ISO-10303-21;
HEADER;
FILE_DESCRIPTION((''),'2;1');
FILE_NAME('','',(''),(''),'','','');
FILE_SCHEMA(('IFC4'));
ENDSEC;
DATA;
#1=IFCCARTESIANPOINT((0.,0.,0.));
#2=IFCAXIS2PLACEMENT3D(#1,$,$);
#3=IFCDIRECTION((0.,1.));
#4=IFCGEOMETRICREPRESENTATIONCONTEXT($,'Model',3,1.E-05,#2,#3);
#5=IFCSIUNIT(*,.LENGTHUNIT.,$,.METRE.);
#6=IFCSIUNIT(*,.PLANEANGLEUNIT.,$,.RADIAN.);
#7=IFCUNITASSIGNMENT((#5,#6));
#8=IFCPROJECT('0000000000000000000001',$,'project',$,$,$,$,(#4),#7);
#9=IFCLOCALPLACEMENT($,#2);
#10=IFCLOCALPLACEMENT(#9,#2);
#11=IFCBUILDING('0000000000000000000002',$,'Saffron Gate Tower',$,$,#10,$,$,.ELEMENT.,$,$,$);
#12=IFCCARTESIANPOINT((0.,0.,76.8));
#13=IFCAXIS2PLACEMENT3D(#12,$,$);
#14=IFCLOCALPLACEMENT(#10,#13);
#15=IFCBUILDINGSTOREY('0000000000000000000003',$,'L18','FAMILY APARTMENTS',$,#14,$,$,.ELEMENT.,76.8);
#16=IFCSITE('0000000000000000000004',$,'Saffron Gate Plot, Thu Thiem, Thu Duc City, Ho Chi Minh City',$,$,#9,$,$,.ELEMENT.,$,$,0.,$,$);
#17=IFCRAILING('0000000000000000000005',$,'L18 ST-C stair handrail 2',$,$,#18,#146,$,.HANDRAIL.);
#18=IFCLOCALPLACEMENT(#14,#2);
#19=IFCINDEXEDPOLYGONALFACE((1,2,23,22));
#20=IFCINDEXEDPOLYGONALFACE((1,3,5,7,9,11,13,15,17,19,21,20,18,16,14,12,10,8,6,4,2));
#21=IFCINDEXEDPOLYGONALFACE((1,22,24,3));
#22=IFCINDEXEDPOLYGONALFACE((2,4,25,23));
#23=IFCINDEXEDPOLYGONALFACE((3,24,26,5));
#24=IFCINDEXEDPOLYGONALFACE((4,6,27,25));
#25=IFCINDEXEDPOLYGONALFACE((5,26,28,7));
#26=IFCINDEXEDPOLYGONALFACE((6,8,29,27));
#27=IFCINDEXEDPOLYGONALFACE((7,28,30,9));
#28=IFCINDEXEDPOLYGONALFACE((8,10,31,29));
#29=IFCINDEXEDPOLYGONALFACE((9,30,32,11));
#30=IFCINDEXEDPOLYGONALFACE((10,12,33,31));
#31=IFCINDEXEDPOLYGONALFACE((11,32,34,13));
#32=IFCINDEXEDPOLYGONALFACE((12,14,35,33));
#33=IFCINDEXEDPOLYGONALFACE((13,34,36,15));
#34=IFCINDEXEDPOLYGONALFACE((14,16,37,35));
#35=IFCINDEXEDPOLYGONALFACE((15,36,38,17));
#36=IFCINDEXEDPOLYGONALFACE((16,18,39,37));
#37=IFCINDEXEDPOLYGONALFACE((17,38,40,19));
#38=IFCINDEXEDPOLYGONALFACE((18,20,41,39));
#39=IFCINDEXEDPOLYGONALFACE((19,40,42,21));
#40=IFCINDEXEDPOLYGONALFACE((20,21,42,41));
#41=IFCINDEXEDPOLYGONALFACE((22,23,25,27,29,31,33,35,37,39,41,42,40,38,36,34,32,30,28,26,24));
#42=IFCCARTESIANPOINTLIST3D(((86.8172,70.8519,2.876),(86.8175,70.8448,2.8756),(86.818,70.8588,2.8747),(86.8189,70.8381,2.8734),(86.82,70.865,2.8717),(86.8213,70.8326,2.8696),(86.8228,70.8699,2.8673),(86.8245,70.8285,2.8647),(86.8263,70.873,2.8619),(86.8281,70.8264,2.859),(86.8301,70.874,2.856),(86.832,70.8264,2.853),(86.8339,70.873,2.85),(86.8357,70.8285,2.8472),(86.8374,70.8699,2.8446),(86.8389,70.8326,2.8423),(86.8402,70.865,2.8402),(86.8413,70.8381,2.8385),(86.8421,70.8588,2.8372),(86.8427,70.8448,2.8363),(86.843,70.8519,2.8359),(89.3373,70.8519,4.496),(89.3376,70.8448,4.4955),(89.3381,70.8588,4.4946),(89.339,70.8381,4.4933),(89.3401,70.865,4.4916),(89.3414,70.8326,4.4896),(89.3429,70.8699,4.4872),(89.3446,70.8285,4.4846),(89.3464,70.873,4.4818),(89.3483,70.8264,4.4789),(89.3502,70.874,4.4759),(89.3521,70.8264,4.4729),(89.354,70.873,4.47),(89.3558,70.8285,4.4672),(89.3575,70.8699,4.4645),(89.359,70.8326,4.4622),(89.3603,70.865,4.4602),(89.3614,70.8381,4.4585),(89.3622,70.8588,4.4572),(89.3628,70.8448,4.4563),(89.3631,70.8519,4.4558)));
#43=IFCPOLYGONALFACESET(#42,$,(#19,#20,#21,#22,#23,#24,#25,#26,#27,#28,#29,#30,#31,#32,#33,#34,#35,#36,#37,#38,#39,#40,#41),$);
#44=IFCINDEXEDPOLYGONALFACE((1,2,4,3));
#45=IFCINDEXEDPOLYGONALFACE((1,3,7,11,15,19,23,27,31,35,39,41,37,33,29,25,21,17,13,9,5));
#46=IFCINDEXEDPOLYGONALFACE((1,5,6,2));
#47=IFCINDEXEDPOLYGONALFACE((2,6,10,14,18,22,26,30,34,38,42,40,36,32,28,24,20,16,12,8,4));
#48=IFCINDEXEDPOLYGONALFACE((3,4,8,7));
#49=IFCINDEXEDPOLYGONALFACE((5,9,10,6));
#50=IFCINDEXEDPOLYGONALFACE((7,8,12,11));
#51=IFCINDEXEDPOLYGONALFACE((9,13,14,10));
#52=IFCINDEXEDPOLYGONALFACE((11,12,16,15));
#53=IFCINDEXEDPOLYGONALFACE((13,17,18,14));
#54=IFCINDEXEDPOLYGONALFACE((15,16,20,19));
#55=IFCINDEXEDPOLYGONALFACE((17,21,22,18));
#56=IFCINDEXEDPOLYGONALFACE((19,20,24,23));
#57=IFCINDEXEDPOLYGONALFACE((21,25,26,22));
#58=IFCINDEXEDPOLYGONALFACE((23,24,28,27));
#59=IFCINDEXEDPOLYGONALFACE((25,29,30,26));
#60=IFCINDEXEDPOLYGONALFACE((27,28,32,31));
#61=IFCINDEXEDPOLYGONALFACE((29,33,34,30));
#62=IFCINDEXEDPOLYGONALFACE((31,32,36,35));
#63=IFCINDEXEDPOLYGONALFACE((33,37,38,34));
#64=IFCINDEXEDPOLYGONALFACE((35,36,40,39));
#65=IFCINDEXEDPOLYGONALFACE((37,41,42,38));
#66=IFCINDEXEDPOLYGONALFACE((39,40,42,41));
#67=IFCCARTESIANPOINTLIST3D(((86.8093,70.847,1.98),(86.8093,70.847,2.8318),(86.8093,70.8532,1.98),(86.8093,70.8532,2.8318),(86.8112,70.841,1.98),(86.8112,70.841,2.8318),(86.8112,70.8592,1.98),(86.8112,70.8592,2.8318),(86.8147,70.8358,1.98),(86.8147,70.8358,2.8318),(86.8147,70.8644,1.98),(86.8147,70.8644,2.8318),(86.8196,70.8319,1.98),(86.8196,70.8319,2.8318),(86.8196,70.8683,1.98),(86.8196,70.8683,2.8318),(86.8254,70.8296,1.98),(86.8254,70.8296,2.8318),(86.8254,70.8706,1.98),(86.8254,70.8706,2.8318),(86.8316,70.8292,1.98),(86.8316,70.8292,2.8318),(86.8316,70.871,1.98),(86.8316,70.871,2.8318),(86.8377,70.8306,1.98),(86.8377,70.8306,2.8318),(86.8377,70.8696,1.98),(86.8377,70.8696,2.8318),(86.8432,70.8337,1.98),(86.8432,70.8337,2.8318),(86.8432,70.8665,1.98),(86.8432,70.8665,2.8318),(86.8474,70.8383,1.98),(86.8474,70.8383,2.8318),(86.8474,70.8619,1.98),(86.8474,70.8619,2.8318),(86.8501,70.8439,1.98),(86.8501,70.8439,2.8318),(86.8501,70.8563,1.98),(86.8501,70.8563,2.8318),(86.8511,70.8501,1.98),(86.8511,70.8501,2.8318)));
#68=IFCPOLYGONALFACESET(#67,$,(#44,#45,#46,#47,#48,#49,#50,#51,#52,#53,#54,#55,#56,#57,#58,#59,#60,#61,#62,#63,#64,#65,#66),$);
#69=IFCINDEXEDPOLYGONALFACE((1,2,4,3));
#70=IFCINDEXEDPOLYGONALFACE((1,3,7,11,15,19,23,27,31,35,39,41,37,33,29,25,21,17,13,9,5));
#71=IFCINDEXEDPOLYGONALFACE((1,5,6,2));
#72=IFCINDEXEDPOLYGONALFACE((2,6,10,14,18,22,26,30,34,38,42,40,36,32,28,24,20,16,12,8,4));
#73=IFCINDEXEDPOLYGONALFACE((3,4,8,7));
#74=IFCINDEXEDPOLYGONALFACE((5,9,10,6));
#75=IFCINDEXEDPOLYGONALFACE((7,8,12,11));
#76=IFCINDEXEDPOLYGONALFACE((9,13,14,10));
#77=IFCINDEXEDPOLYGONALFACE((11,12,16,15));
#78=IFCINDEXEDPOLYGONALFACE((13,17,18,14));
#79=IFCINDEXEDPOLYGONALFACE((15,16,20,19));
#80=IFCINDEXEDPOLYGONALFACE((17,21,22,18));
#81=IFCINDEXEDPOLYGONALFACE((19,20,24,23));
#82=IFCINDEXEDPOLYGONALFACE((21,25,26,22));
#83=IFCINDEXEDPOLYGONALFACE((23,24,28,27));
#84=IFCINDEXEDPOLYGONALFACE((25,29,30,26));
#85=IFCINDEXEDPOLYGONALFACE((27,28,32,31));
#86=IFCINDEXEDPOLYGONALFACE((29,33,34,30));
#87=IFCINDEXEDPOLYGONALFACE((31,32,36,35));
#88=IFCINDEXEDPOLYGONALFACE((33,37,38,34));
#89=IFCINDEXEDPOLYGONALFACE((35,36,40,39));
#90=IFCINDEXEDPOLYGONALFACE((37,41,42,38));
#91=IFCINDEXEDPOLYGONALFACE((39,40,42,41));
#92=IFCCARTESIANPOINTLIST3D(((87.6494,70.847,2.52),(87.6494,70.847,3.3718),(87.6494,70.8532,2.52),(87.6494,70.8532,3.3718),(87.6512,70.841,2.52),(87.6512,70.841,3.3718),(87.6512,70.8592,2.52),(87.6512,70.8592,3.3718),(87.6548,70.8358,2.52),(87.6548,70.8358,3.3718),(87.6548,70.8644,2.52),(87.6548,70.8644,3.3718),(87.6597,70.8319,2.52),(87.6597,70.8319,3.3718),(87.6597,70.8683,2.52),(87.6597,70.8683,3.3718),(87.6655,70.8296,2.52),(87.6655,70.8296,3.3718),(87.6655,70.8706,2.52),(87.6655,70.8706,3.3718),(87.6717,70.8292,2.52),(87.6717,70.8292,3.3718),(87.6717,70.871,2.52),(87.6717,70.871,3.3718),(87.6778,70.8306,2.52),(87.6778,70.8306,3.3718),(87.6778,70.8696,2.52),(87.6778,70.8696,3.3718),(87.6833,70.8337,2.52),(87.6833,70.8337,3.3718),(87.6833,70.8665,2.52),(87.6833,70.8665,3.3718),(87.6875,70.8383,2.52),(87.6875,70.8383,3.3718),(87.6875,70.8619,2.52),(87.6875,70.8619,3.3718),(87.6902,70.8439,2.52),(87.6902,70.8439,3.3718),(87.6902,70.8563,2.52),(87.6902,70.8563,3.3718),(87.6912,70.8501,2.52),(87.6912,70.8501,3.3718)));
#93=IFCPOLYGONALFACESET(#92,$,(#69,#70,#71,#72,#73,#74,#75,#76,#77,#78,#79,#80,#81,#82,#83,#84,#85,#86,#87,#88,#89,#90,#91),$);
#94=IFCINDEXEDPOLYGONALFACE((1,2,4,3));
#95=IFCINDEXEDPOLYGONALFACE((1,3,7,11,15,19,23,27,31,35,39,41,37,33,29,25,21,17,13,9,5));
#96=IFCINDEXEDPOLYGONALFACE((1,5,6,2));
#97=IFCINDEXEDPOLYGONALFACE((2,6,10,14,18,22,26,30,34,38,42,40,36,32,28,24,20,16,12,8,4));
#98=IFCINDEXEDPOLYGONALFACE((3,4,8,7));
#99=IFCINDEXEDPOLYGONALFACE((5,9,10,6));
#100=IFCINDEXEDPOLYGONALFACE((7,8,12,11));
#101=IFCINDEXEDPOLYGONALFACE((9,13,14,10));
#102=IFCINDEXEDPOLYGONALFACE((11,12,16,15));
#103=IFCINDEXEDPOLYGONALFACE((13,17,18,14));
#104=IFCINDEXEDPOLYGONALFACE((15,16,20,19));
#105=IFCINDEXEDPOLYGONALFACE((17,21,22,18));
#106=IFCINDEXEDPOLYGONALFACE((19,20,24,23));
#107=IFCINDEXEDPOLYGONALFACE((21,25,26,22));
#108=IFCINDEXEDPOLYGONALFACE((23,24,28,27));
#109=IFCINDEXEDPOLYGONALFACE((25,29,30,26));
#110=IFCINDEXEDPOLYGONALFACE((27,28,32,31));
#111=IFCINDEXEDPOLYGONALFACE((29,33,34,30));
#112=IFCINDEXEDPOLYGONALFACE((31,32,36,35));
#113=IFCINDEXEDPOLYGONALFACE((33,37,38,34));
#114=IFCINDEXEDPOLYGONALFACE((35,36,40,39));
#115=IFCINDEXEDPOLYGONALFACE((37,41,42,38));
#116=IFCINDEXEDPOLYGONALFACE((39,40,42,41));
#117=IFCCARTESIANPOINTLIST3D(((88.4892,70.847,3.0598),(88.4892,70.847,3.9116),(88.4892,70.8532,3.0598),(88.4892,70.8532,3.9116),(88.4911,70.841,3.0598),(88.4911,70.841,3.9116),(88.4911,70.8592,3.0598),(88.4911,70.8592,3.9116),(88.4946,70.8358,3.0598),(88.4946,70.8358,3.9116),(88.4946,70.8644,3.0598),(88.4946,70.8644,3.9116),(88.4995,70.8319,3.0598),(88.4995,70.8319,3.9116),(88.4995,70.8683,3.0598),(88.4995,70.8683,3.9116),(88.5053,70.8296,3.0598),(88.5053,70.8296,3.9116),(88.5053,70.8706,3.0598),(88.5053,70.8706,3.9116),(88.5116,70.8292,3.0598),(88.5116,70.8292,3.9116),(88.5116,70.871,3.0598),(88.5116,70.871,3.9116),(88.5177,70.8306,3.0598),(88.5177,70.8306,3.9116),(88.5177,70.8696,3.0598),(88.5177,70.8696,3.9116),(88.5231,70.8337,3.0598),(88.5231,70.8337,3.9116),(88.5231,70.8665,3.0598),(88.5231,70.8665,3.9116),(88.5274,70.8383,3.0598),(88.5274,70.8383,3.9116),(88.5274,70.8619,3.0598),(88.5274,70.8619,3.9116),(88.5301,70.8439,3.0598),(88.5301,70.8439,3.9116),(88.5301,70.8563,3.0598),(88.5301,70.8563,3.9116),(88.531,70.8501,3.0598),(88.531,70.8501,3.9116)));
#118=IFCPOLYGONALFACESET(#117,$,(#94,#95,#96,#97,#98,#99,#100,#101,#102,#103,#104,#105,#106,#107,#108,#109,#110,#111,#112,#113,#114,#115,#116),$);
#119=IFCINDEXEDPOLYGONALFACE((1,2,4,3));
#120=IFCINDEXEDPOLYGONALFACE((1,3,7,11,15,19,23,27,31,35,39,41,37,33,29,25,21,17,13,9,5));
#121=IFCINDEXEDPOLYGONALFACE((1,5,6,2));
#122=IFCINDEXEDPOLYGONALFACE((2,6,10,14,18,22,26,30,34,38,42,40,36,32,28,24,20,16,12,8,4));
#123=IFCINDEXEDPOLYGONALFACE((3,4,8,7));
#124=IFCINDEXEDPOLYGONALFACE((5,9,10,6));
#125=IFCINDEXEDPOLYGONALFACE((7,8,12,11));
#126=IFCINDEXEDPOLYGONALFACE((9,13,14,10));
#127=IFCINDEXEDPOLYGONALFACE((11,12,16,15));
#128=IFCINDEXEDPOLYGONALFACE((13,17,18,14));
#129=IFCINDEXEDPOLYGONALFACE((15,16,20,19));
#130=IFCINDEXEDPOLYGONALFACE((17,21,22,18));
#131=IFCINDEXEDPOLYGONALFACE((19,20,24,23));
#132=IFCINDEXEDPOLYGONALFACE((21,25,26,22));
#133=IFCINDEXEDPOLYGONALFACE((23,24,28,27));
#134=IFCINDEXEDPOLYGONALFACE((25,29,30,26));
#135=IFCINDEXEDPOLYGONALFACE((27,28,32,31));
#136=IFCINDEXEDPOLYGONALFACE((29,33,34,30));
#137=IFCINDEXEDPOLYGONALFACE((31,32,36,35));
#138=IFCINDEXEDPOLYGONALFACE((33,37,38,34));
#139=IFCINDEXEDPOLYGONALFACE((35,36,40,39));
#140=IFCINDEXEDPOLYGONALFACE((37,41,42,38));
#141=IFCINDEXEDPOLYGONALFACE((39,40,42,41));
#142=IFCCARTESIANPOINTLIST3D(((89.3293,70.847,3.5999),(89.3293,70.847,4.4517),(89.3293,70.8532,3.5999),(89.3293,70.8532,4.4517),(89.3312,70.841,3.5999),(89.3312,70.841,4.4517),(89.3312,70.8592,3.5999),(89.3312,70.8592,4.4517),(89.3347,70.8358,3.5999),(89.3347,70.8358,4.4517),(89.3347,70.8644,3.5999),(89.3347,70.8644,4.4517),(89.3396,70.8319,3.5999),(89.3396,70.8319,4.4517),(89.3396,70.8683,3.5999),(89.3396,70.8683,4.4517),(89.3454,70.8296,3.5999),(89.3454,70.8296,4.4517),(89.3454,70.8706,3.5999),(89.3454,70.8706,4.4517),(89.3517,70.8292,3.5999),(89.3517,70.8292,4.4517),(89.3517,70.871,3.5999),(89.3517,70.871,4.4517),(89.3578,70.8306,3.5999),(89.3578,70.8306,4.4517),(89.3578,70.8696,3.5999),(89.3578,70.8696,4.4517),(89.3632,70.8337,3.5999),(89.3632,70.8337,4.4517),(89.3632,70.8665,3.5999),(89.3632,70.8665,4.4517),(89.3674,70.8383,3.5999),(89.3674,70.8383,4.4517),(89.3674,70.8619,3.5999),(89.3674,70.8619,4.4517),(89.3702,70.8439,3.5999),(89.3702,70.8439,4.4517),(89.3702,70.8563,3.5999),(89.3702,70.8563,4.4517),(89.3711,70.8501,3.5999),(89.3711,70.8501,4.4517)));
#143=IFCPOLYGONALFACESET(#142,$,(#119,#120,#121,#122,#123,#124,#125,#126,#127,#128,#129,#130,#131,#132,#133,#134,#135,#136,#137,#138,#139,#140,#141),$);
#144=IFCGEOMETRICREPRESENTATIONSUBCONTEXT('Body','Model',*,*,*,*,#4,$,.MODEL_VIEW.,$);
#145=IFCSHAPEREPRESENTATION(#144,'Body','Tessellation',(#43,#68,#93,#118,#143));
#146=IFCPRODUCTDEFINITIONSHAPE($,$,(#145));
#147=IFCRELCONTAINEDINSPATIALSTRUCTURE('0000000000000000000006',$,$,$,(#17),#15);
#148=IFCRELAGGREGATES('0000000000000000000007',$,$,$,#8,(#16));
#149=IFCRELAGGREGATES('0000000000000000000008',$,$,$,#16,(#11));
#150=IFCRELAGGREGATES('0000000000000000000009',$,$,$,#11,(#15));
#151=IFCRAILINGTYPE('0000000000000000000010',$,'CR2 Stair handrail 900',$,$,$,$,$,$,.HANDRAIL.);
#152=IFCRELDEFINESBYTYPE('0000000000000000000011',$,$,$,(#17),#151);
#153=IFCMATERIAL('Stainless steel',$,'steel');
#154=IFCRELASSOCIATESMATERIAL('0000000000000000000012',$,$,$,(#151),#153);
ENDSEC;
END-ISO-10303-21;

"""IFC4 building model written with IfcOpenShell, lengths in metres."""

from ifc_helpers import new_model, si_unit, direction, frame, origin, origin_2d, place, context, subcontext, project, spatial, circle, extrude, material, type_object, element, save


model = new_model("IFC4")

# Units and contexts
model_context = context("Model", 3, precision=1e-05, world=origin(), true_north=direction((0.0, 1.0)))
body_context = subcontext(model_context, "Body", "Model", "MODEL_VIEW")
ifc_project = project(units=[si_unit("LENGTHUNIT", "METRE"), si_unit("PLANEANGLEUNIT", "RADIAN")], contexts=[model_context])

# Site, building, storey
site_placement = place(None, origin())
site = spatial("IfcSite", under=ifc_project, at=site_placement, Name="Saffron Gate Plot, Thu Thiem, Thu Duc City, Ho Chi Minh City", CompositionType="ELEMENT", RefElevation=0.0)
building_placement = place(site_placement, origin())
building = spatial("IfcBuilding", under=site, at=building_placement, Name="Saffron Gate Tower", CompositionType="ELEMENT")
storey_placement = place(building_placement, frame((0.0, 0.0, 76.8)))
storey = spatial("IfcBuildingStorey", under=building, at=storey_placement, Name="L18", Description="FAMILY APARTMENTS", CompositionType="ELEMENT", Elevation=76.8)

# Railing
ifc_material_1 = material(Name="Stainless steel", Category="steel")
railing_type_1 = type_object("IfcRailingType", Name="CR2 Stair handrail 900", PredefinedType="HANDRAIL", material=ifc_material_1)
railing_1_placement = place(storey_placement, frame((86.8301, 70.8501, 1.98)))
element("IfcRailing", 1, at=railing_1_placement, inside=storey, type_object=railing_type_1, Name="L18 ST-C stair handrail 2", PredefinedType="HANDRAIL", context=body_context, shape_type="SweptSolid", body=[
    extrude(circle(Radius=0.0239, at=origin_2d()), frame((0.0, 0.0, 0.876), z_axis=(0.8412, 0.0, 0.540725), x_axis=(0.0, 1.0, 0.0)), (0.0, 0.0, 1.0), 2.9958),
    extrude(circle(Radius=0.021, at=origin_2d()), origin(), (0.0, 0.0, 1.0), 0.8518),
    extrude(circle(Radius=0.021, at=origin_2d()), frame((0.8401, 0.0, 0.54)), (0.0, 0.0, 1.0), 0.8518),
    extrude(circle(Radius=0.021, at=origin_2d()), frame((1.6799, 0.0, 1.0798)), (0.0, 0.0, 1.0), 0.8518),
    extrude(circle(Radius=0.021, at=origin_2d()), frame((2.52, 0.0, 1.6199)), (0.0, 0.0, 1.0), 0.8518),
])

save(model, "model.ifc")
